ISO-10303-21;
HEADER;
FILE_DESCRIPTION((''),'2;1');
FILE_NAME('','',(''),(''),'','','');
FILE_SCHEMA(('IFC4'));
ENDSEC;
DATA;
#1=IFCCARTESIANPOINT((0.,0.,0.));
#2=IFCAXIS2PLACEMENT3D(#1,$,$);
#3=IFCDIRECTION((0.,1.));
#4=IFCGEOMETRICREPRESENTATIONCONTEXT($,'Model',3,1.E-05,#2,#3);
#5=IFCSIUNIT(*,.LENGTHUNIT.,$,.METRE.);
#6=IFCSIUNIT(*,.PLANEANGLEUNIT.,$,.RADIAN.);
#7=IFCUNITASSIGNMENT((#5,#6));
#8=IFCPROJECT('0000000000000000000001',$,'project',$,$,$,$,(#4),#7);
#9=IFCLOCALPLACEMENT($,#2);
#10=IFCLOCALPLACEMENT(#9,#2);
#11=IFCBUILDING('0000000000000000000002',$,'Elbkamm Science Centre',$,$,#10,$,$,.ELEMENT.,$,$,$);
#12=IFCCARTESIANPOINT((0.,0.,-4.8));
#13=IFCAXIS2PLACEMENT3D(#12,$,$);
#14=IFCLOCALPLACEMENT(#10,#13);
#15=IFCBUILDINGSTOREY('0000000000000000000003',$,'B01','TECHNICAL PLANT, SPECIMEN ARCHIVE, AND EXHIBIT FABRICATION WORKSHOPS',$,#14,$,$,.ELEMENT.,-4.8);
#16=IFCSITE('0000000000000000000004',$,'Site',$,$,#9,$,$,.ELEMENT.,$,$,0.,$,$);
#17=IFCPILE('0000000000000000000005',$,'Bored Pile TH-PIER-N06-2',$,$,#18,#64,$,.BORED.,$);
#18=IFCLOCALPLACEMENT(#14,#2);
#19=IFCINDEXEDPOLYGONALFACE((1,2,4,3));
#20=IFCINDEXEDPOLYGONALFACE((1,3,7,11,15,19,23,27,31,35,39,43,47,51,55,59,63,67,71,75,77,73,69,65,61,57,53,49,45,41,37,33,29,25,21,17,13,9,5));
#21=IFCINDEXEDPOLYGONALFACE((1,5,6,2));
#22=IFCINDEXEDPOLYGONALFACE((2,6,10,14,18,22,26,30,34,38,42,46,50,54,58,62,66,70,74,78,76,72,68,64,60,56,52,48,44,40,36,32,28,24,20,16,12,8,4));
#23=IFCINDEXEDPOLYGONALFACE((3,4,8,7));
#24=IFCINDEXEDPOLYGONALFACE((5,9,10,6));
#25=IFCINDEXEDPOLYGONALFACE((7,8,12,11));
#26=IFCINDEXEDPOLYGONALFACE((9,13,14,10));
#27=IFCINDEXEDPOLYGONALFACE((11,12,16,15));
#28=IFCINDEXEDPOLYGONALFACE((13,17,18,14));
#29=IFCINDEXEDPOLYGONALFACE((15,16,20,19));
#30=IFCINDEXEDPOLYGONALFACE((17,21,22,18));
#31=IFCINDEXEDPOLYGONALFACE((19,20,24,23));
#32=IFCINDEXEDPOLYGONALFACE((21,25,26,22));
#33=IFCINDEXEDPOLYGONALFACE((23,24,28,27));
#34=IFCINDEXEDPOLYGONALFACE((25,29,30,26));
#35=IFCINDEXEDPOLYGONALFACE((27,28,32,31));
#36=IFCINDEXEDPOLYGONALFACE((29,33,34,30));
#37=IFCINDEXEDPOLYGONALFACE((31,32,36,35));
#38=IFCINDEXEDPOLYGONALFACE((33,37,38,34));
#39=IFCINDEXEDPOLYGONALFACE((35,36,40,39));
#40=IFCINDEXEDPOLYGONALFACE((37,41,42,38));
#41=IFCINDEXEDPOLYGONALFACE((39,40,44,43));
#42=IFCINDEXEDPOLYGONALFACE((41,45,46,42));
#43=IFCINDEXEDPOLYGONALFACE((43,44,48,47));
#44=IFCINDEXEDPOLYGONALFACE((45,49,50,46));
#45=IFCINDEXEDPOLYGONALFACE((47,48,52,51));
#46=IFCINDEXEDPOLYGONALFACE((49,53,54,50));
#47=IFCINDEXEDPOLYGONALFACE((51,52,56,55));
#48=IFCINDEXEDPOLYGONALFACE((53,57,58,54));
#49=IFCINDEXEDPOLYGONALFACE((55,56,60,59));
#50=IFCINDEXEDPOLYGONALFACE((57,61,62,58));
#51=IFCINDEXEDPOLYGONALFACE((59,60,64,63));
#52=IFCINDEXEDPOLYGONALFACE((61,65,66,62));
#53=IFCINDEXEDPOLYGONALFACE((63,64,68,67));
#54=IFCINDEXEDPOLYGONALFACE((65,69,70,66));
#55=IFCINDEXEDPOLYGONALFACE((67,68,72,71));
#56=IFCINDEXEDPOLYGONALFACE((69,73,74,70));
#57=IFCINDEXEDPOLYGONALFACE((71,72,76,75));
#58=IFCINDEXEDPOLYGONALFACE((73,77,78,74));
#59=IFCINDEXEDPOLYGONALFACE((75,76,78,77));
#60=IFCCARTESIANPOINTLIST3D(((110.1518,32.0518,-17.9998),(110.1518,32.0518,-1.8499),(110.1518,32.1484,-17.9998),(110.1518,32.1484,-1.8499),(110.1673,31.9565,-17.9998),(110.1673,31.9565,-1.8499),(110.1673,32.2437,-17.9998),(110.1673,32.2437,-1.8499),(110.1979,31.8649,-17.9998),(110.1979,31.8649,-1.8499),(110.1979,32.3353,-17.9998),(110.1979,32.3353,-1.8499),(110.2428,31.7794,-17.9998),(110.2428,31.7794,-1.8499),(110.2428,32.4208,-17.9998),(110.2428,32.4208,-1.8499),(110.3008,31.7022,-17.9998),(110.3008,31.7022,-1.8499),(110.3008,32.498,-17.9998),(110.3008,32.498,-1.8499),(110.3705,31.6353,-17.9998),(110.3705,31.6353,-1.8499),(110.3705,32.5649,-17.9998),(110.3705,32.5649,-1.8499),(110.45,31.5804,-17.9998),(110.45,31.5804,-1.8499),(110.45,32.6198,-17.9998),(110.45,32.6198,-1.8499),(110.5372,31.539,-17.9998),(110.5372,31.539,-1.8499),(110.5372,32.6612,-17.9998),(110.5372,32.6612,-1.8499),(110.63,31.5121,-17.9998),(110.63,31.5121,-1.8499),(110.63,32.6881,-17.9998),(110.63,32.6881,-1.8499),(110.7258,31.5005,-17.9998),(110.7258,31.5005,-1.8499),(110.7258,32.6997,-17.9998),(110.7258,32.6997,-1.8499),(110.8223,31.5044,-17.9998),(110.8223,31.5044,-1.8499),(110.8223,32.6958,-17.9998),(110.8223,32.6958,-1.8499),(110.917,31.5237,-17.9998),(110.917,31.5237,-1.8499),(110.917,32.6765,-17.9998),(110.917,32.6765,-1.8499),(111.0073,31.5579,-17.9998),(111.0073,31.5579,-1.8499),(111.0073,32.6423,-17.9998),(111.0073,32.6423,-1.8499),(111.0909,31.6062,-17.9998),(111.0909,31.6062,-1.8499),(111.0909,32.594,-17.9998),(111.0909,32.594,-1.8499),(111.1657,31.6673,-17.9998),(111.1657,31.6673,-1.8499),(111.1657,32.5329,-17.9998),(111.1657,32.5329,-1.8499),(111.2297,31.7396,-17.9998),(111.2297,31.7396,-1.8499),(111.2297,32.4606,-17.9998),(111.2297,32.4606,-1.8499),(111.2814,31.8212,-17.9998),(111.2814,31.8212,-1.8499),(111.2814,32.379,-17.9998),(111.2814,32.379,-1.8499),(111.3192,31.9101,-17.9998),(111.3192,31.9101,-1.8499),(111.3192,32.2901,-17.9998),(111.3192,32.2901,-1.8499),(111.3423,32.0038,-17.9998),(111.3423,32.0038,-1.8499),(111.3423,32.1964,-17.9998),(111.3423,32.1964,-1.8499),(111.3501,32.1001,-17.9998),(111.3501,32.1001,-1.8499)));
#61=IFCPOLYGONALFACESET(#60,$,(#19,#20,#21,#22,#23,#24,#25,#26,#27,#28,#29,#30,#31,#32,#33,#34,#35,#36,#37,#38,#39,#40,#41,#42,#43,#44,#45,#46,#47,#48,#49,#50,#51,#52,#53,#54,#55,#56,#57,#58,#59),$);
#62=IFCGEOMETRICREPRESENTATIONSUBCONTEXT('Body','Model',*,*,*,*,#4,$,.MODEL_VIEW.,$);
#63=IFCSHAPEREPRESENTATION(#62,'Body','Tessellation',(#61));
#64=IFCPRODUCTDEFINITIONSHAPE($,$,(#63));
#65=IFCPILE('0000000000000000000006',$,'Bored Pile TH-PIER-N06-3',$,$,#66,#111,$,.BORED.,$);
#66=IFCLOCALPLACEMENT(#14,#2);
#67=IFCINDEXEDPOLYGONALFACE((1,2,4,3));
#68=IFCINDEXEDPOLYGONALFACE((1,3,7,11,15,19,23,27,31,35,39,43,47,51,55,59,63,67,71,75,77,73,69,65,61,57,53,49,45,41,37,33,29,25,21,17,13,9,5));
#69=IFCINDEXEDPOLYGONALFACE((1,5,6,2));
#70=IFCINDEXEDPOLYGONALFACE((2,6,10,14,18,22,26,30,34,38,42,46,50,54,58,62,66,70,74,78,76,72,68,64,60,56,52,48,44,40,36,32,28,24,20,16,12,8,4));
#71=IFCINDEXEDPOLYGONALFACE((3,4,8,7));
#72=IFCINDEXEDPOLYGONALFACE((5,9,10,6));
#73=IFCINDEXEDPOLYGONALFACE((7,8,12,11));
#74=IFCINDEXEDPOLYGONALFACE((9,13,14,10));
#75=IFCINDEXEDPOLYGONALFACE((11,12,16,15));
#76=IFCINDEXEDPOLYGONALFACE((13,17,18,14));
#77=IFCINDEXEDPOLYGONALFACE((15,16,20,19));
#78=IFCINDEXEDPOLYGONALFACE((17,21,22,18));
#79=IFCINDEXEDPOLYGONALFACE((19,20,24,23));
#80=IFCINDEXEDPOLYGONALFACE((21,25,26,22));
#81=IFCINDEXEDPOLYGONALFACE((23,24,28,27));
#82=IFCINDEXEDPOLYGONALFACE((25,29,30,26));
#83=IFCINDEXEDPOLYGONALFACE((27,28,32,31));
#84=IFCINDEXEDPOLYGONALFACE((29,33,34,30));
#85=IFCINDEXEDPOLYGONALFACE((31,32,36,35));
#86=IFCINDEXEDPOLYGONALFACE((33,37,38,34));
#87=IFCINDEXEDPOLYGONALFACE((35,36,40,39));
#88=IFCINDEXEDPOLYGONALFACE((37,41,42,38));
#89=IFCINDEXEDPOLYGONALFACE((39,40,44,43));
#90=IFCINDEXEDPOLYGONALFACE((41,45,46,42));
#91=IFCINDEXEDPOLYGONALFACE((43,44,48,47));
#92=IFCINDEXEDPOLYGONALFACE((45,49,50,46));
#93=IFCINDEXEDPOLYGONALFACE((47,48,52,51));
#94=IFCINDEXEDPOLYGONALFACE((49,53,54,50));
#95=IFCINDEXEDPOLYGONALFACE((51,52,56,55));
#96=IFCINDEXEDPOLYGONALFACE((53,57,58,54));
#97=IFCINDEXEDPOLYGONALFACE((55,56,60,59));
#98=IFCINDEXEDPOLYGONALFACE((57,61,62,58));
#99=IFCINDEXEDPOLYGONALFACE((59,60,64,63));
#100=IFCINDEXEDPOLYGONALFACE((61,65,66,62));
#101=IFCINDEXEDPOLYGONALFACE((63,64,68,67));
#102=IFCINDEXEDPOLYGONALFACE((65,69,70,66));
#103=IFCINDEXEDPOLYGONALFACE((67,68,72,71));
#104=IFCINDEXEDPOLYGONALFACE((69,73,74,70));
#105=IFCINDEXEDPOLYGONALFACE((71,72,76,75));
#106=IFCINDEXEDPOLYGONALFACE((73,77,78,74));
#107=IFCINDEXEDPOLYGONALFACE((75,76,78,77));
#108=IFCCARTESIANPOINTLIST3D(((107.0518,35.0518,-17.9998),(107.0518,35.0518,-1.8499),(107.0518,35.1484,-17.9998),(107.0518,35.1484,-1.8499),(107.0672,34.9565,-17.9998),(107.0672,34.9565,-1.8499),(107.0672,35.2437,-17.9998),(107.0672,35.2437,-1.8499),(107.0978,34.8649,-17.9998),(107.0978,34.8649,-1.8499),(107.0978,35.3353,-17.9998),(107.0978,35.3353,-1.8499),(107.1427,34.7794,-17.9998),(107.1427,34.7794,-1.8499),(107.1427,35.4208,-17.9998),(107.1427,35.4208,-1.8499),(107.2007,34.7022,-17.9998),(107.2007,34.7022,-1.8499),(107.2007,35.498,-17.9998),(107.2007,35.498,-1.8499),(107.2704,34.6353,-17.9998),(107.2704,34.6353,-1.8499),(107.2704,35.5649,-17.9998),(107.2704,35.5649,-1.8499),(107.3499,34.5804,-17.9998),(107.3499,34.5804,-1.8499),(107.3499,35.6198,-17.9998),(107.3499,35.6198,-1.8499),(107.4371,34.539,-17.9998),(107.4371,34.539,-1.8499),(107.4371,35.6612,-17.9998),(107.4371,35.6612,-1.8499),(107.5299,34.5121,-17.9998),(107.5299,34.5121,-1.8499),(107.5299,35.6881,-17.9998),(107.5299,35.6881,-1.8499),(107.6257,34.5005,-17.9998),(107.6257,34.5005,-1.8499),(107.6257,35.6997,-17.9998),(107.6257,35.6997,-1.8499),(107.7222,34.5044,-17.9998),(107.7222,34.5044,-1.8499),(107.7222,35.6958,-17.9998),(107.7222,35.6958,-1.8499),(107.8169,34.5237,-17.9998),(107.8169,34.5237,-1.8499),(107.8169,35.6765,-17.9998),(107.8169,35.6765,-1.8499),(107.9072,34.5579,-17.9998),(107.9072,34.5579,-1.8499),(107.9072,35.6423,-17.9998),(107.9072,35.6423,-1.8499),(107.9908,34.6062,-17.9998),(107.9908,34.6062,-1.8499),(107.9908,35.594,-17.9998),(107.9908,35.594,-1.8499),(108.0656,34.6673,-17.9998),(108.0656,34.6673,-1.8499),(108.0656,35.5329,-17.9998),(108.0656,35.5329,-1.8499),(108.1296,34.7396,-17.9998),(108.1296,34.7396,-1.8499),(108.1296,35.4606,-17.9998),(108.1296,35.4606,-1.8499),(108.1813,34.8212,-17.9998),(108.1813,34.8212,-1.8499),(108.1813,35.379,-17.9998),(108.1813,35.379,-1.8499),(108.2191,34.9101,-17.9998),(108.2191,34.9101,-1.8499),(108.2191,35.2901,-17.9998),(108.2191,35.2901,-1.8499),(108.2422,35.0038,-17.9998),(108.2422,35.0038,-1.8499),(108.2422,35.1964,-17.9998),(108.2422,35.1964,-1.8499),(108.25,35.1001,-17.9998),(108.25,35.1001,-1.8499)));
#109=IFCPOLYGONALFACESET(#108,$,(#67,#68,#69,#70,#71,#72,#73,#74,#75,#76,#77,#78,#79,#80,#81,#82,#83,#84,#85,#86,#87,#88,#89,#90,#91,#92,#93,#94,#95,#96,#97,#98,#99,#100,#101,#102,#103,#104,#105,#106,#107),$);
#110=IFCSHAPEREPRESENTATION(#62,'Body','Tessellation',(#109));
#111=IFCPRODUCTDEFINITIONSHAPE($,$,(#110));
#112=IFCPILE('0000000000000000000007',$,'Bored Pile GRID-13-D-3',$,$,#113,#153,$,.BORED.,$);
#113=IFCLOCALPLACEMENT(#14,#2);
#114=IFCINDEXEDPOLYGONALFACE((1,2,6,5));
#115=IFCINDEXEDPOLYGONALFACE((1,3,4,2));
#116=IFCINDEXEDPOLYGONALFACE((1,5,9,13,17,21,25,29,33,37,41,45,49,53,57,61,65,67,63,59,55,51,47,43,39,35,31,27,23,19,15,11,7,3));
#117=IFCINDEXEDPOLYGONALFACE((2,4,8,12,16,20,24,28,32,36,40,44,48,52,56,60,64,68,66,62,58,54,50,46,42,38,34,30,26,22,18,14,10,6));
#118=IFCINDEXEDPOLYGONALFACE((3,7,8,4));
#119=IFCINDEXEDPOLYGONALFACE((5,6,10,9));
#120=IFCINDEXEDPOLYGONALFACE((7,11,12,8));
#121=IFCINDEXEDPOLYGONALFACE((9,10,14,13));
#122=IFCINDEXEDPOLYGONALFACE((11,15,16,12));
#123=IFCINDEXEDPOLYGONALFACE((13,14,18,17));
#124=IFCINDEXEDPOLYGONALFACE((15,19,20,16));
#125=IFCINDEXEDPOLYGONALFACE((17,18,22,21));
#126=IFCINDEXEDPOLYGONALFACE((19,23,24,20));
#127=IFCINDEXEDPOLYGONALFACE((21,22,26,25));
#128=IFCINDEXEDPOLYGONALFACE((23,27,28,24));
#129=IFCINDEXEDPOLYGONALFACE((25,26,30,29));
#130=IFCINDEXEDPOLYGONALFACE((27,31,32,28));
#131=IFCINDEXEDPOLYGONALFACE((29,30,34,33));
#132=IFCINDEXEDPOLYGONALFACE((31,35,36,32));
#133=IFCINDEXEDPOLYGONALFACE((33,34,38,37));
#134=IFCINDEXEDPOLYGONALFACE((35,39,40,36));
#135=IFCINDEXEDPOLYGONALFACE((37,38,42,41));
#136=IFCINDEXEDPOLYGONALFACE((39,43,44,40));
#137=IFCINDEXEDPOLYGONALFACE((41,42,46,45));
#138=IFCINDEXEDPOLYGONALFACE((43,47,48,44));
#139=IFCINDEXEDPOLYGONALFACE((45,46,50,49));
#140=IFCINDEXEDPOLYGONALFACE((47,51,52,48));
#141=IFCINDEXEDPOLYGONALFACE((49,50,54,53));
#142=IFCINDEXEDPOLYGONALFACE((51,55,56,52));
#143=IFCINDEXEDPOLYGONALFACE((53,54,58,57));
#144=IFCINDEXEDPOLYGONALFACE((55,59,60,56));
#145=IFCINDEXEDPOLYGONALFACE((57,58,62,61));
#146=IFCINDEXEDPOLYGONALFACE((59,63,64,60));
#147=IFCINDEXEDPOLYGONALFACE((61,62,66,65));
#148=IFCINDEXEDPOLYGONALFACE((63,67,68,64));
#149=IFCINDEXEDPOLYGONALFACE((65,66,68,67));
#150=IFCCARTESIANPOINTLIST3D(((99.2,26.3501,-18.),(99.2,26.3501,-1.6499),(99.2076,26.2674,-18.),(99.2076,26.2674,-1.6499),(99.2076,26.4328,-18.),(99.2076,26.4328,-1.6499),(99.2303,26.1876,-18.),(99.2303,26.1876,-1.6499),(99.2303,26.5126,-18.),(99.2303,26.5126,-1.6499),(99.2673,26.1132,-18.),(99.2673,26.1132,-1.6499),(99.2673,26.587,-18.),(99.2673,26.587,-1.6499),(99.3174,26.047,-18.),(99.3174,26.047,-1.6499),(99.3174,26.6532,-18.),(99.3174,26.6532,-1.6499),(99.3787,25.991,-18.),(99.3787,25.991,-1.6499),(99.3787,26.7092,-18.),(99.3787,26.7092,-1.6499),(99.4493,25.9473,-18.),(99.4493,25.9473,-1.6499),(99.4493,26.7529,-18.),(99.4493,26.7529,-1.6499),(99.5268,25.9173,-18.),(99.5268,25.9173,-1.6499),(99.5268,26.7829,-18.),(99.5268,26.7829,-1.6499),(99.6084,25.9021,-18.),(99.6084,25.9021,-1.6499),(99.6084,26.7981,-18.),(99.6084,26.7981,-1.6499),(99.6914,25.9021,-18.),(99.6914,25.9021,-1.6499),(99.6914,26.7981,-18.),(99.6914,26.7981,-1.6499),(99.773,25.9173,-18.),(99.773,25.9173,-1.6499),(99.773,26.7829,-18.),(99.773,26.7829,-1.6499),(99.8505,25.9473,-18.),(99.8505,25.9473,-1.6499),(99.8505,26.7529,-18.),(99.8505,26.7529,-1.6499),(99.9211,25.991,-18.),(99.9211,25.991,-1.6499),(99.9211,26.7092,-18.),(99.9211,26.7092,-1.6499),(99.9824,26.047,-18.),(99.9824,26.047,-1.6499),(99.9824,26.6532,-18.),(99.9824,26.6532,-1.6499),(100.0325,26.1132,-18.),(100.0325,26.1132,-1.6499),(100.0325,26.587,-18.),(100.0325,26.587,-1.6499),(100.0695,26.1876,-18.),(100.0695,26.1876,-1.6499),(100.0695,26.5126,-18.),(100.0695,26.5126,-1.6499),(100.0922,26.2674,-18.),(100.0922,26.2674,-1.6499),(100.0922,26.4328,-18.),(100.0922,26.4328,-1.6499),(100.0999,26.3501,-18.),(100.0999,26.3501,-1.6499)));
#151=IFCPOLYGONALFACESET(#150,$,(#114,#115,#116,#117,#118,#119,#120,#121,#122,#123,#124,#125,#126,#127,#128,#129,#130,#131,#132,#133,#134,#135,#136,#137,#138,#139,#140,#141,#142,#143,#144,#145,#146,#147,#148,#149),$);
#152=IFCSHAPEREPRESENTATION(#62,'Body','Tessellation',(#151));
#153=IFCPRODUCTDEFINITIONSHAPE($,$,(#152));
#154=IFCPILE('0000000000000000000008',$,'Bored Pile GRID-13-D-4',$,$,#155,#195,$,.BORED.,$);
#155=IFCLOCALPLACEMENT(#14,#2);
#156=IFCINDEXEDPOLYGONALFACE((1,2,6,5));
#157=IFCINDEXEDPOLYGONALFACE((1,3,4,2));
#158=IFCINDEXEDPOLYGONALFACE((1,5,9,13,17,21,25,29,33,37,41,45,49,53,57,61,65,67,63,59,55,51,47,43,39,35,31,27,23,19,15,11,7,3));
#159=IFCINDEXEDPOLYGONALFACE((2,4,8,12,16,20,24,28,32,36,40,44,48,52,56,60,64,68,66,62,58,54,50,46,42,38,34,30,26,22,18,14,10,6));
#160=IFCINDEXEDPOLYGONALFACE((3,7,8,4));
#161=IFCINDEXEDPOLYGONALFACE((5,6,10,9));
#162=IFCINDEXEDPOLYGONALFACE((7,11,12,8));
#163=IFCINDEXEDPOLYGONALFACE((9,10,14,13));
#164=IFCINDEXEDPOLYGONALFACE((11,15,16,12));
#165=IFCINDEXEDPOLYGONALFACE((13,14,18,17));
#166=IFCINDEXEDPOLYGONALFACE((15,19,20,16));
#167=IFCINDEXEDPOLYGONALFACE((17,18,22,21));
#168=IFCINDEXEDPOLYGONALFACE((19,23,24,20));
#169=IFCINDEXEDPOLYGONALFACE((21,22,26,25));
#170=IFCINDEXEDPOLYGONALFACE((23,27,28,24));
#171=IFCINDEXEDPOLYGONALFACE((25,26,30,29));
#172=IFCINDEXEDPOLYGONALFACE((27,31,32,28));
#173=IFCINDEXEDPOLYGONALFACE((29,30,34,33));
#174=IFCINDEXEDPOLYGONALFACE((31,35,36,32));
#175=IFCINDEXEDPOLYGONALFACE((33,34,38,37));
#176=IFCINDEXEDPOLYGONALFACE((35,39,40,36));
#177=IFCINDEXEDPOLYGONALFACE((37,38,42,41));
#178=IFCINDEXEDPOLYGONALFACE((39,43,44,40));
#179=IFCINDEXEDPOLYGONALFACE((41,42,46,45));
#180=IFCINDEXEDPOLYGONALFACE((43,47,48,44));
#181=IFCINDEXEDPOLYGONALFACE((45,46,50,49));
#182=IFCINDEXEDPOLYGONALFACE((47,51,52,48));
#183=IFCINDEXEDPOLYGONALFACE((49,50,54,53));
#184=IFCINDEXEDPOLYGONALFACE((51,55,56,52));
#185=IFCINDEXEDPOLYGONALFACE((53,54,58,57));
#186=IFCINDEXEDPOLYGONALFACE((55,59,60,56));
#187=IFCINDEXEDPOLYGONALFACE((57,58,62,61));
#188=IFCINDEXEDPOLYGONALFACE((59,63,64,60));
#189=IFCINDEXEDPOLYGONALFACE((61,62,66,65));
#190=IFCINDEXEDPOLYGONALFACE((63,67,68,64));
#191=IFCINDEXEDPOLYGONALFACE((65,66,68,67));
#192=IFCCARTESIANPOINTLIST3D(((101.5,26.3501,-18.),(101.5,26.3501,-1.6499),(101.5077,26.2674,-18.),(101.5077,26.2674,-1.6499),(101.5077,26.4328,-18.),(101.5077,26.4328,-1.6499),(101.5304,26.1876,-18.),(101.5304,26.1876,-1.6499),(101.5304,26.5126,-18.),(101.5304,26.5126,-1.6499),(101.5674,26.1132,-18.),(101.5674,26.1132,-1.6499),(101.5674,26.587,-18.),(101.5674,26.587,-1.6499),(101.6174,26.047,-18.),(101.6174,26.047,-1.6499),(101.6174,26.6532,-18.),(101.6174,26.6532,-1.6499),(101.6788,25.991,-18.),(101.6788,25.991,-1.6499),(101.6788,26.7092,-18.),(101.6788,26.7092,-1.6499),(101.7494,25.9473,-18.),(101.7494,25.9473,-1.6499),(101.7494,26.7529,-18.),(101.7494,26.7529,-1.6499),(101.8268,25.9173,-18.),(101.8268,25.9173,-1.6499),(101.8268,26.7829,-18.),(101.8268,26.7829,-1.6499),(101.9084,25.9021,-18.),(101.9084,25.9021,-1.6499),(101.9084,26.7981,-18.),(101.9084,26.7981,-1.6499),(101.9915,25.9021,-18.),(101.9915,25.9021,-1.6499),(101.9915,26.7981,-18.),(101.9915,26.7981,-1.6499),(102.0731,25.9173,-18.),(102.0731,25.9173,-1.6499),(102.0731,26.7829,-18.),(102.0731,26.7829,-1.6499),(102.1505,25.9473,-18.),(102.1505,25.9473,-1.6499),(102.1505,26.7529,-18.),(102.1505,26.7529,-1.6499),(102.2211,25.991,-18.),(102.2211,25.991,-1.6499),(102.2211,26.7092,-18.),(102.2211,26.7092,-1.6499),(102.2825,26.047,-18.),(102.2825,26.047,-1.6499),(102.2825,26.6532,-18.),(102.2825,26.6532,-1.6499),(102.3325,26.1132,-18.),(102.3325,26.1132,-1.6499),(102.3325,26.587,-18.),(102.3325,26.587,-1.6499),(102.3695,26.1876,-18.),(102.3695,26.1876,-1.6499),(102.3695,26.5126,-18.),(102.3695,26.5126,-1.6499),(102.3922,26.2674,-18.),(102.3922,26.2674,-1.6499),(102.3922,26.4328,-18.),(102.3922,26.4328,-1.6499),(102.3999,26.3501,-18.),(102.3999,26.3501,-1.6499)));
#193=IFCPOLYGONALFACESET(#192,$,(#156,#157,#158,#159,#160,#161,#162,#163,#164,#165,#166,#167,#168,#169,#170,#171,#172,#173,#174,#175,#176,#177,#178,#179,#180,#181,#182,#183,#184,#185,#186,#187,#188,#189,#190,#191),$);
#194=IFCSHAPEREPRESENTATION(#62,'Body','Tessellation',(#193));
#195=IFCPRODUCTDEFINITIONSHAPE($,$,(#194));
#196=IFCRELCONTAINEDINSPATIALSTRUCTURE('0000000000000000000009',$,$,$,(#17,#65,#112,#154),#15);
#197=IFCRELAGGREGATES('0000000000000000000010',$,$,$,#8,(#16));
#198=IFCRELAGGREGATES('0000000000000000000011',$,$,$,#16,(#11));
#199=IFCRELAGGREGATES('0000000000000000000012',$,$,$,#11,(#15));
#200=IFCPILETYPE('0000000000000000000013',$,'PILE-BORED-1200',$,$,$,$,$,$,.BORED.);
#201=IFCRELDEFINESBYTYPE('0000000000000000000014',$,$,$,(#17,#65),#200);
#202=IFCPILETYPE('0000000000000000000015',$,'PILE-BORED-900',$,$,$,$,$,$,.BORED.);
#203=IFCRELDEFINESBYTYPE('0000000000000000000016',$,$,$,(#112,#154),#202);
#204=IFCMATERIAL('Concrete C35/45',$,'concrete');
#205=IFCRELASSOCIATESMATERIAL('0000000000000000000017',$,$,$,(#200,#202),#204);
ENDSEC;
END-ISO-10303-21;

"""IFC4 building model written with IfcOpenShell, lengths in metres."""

from ifc_helpers import new_model, si_unit, direction, frame, origin, origin_2d, place, context, subcontext, project, spatial, circle, extrude, material, material_profile, profile_set, type_object, element, save


model = new_model("IFC4")

# Units and contexts
model_context = context("Model", 3, precision=1e-05, world=origin(), true_north=direction((0.0, 1.0)))
body_context = subcontext(model_context, "Body", "Model", "MODEL_VIEW")
ifc_project = project(units=[si_unit("LENGTHUNIT", "METRE"), si_unit("PLANEANGLEUNIT", "RADIAN")], contexts=[model_context])

# Site, building, storey
site_placement = place(None, origin())
site = spatial("IfcSite", under=ifc_project, at=site_placement, Name="Site", CompositionType="ELEMENT", RefElevation=0.0)
building_placement = place(site_placement, origin())
building = spatial("IfcBuilding", under=site, at=building_placement, Name="Elbkamm Science Centre", CompositionType="ELEMENT")
storey_placement = place(building_placement, frame((0.0, 0.0, -4.8)))
storey = spatial("IfcBuildingStorey", under=building, at=storey_placement, Name="B01", Description="TECHNICAL PLANT, SPECIMEN ARCHIVE, AND EXHIBIT FABRICATION WORKSHOPS", CompositionType="ELEMENT", Elevation=-4.8)

# Shared definitions
ifc_material_1 = material(Name="Concrete C35/45", Category="concrete")

# Piles
ifc_material_profile_1 = material_profile(ifc_material_1, circle(Radius=0.6001, at=origin_2d()), Name="PILE D1200")
ifc_profile_set_1 = profile_set([ifc_material_profile_1], Name="Concrete C35/45")
pile_type_1 = type_object("IfcPileType", Name="PILE-BORED-1200", PredefinedType="BORED", material=ifc_profile_set_1)
for number, where, z_axis, x_axis, name in (
    (1, (110.75, 32.1001, -1.8499), (0.0, 0.0, -1.0), (1.0, 0.0, 0.0), "Bored Pile TH-PIER-N06-2"),
    (2, (107.6499, 35.1001, -1.8499), (0.0, 0.0, -1.0), (1.0, 0.0, 0.0), "Bored Pile TH-PIER-N06-3"),
):
    element("IfcPile", number, at=place(storey_placement, frame(where, z_axis=z_axis, x_axis=x_axis)), inside=storey, type_object=pile_type_1, Name=name, PredefinedType="BORED", context=body_context, shape_type="SweptSolid", body=[
        extrude(circle(Radius=0.6001, at=origin_2d()), origin(), (0.0, 0.0, 1.0), 16.1499),
    ])
ifc_material_profile_2 = material_profile(ifc_material_1, circle(Radius=0.45, at=origin_2d()), Name="PILE D900")
ifc_profile_set_2 = profile_set([ifc_material_profile_2], Name="Concrete C35/45")
pile_type_2 = type_object("IfcPileType", Name="PILE-BORED-900", PredefinedType="BORED", material=ifc_profile_set_2)
for number, where, z_axis, x_axis, name in (
    (3, (99.6499, 26.3501, -1.6499), (0.0, 0.0, -1.0), (1.0, 0.0, 0.0), "Bored Pile GRID-13-D-3"),
    (4, (101.95, 26.3501, -1.6499), (0.0, 0.0, -1.0), (1.0, 0.0, 0.0), "Bored Pile GRID-13-D-4"),
):
    element("IfcPile", number, at=place(storey_placement, frame(where, z_axis=z_axis, x_axis=x_axis)), inside=storey, type_object=pile_type_2, Name=name, PredefinedType="BORED", context=body_context, shape_type="SweptSolid", body=[
        extrude(circle(Radius=0.45, at=origin_2d()), origin(), (0.0, 0.0, 1.0), 16.3501),
    ])

save(model, "model.ifc")
